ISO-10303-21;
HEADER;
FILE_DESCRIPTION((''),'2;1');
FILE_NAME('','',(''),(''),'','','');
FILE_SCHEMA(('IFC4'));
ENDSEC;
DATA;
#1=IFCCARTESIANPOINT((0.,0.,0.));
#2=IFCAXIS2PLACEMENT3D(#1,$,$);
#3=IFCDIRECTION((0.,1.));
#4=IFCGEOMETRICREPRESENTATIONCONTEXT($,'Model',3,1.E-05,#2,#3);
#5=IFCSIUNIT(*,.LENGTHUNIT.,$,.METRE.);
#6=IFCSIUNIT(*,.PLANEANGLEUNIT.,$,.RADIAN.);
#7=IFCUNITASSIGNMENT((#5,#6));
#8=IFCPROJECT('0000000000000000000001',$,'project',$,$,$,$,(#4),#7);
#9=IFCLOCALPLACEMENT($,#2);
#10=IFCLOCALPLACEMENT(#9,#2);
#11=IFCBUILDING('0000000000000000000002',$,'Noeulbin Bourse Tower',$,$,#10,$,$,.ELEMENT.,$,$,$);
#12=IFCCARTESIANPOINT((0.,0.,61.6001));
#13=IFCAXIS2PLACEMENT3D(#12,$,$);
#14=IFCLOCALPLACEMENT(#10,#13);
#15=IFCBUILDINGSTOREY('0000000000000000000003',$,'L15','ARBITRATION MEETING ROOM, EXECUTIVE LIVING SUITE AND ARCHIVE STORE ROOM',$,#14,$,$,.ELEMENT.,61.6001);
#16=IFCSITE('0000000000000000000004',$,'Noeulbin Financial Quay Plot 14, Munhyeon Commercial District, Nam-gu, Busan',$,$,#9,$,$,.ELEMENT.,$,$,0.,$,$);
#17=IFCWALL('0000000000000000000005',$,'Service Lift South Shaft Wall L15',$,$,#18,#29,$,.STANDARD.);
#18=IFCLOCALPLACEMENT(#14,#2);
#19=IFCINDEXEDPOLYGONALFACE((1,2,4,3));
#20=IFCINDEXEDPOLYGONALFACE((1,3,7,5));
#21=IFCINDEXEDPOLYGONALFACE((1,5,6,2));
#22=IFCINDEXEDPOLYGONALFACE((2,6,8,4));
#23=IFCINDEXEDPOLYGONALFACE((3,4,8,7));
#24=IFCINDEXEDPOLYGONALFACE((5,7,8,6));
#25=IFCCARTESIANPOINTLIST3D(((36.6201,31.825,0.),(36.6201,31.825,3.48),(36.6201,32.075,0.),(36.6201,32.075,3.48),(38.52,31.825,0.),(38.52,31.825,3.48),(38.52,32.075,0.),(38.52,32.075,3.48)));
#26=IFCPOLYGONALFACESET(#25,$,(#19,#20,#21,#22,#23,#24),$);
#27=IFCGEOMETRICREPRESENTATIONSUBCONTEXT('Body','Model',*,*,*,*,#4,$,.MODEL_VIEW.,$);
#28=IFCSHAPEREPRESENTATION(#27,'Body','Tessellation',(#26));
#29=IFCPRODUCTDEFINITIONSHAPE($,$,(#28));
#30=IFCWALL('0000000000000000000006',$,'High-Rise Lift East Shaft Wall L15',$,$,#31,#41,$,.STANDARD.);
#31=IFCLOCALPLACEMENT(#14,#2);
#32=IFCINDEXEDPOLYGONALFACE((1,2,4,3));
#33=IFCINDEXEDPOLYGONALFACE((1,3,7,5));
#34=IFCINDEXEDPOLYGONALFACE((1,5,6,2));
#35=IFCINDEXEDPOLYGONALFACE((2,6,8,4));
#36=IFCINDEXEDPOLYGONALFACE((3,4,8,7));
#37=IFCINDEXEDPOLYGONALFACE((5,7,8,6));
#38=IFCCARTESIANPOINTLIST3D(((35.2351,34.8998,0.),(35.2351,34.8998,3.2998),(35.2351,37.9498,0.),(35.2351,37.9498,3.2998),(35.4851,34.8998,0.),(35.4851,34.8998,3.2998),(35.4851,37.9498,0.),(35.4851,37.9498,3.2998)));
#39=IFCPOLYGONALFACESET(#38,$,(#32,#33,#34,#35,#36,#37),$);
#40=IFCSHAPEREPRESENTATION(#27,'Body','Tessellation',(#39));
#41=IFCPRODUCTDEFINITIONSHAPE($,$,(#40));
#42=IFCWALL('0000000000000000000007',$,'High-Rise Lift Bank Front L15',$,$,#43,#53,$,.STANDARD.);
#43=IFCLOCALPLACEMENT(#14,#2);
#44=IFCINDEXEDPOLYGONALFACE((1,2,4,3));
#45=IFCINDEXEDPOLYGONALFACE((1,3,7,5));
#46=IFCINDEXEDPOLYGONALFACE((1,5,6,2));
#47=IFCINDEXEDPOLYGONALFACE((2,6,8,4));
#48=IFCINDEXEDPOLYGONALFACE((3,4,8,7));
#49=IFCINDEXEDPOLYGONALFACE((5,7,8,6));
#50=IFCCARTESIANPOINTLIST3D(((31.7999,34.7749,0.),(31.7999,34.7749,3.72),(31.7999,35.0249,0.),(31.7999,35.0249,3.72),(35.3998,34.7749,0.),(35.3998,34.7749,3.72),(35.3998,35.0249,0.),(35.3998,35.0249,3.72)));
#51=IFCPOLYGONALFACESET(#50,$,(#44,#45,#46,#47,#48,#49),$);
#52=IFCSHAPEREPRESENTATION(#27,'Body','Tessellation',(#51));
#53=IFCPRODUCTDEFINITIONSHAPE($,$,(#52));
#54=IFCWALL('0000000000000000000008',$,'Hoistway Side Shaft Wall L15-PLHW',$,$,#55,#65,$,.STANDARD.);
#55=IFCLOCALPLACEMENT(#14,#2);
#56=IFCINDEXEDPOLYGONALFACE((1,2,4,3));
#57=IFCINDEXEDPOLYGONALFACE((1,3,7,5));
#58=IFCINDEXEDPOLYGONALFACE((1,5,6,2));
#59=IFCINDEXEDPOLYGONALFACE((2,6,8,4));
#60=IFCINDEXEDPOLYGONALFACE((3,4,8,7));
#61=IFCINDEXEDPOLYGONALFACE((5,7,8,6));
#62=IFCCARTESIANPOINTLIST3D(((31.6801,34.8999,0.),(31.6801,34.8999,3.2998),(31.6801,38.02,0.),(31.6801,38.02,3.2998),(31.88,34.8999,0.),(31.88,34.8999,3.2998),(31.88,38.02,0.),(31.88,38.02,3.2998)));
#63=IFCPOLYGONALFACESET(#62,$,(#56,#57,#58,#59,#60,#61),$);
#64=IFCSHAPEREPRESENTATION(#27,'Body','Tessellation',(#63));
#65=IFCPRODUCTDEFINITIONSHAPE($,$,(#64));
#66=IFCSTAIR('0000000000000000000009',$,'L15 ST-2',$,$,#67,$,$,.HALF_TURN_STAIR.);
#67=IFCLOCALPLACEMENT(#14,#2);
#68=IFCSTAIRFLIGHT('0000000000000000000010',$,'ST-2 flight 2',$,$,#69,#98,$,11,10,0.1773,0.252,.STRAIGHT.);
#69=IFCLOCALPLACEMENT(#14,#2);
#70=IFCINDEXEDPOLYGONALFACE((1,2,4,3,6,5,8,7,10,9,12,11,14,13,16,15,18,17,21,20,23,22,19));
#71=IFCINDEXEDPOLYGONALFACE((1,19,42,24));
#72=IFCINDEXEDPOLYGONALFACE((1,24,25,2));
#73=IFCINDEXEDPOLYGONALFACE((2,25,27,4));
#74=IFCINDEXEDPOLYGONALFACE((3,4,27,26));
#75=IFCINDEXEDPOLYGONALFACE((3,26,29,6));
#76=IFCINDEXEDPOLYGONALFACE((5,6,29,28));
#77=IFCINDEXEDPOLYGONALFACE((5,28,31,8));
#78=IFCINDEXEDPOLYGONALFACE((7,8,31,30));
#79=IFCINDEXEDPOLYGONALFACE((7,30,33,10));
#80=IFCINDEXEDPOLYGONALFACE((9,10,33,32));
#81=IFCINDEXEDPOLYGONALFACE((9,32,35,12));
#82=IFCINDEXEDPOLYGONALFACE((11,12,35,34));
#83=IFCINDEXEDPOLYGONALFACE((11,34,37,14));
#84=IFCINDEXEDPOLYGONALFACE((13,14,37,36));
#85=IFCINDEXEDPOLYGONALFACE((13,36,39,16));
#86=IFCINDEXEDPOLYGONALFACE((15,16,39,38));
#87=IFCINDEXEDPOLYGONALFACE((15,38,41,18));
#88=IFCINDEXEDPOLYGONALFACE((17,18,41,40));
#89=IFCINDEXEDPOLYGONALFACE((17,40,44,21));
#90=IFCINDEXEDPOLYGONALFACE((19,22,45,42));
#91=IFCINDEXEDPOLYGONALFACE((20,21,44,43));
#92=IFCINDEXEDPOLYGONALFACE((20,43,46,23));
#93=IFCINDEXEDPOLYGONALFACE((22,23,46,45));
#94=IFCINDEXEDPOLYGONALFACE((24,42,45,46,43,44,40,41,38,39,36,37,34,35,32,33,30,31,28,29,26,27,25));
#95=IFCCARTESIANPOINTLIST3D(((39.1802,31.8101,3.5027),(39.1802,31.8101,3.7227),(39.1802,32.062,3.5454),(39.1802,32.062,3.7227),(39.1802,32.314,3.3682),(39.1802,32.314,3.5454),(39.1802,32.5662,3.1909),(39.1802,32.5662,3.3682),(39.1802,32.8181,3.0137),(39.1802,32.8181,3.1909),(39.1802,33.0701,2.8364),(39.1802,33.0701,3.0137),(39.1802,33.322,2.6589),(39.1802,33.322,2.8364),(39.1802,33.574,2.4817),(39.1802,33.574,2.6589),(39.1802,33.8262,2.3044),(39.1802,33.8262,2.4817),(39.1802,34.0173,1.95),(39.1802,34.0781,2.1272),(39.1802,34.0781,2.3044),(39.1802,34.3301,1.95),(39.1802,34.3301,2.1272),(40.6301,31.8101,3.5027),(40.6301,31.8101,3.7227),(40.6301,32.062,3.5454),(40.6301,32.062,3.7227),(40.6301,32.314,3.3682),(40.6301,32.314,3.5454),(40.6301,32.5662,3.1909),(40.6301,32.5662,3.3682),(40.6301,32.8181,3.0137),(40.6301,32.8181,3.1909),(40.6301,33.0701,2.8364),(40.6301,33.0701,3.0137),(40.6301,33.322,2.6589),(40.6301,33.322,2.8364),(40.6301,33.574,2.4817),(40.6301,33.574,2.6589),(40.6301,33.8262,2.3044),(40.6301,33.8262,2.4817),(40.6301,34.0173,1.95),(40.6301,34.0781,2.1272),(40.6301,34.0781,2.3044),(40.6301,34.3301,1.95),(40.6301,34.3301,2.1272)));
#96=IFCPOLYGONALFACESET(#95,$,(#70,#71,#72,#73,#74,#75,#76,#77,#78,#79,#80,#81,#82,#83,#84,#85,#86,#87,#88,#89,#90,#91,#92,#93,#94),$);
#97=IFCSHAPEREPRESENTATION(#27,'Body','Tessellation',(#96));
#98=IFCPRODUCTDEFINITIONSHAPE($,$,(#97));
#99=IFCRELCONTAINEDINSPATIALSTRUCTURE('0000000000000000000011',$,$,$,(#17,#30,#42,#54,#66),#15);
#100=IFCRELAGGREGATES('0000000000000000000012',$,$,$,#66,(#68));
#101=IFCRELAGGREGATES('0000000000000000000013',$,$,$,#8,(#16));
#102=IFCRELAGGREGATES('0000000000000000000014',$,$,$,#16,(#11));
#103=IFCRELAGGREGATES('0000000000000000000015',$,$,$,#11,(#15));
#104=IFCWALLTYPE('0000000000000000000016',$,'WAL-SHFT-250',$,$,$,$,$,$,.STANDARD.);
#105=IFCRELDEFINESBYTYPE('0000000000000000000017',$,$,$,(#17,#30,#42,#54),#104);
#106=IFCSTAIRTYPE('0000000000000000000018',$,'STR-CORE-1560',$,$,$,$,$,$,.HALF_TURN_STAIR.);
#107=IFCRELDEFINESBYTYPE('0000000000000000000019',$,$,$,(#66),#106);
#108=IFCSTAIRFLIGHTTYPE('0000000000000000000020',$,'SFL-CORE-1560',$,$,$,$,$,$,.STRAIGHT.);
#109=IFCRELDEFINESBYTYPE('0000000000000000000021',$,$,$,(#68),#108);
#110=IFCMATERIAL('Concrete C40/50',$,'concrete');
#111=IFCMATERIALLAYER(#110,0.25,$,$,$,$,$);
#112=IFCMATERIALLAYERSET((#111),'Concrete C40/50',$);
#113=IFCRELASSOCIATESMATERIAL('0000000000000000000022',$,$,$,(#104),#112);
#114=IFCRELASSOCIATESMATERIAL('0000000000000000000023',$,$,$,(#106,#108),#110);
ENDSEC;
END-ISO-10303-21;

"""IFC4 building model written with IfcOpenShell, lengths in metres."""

from ifc_helpers import new_model, si_unit, direction, frame, frame_2d, origin, place, context, subcontext, project, spatial, polyline, rectangle, outline, extrude, material, layer, layer_set, type_object, element, aggregate, save


model = new_model("IFC4")

# Units and contexts
model_context = context("Model", 3, precision=1e-05, world=origin(), true_north=direction((0.0, 1.0)))
body_context = subcontext(model_context, "Body", "Model", "MODEL_VIEW")
ifc_project = project(units=[si_unit("LENGTHUNIT", "METRE"), si_unit("PLANEANGLEUNIT", "RADIAN")], contexts=[model_context])

# Site, building, storey
site_placement = place(None, origin())
site = spatial("IfcSite", under=ifc_project, at=site_placement, Name="Noeulbin Financial Quay Plot 14, Munhyeon Commercial District, Nam-gu, Busan", CompositionType="ELEMENT", RefElevation=0.0)
building_placement = place(site_placement, origin())
building = spatial("IfcBuilding", under=site, at=building_placement, Name="Noeulbin Bourse Tower", CompositionType="ELEMENT")
storey_placement = place(building_placement, frame((0.0, 0.0, 61.6001)))
storey = spatial("IfcBuildingStorey", under=building, at=storey_placement, Name="L15", Description="ARBITRATION MEETING ROOM, EXECUTIVE LIVING SUITE AND ARCHIVE STORE ROOM", CompositionType="ELEMENT", Elevation=61.6001)

# Shared definitions
ifc_material_1 = material(Name="Concrete C40/50", Category="concrete")

# Shared definitions
ifc_layer_1 = layer(ifc_material_1, 0.25)
ifc_layer_set_1 = layer_set([ifc_layer_1], Name="Concrete C40/50")
wall_type_1 = type_object("IfcWallType", Name="WAL-SHFT-250", PredefinedType="STANDARD", material=ifc_layer_set_1)

# Walls
wall_1_placement = place(storey_placement, frame((36.6201, 31.95, 0.0), z_axis=(0.0, 0.0, 1.0), x_axis=(1.0, 0.0, 0.0)))
element("IfcWall", 1, at=wall_1_placement, inside=storey, type_object=wall_type_1, Name="Service Lift South Shaft Wall L15", PredefinedType="STANDARD", context=body_context, shape_type="SweptSolid", body=[
    extrude(rectangle(XDim=1.8999, YDim=0.25, at=frame_2d((0.95, 0.0))), origin(), (0.0, 0.0, 1.0), 3.48),
])
wall_2_placement = place(storey_placement, frame((35.3601, 34.8999, 0.0), z_axis=(0.0, 0.0, 1.0), x_axis=(0.0, 1.0, 0.0)))
element("IfcWall", 2, at=wall_2_placement, inside=storey, type_object=wall_type_1, Name="High-Rise Lift East Shaft Wall L15", PredefinedType="STANDARD", context=body_context, shape_type="SweptSolid", body=[
    extrude(rectangle(XDim=3.05, YDim=0.25, at=frame_2d((1.5249, 0.0))), origin(), (0.0, 0.0, 1.0), 3.2998),
])
wall_3_placement = place(storey_placement, frame((31.8, 34.8999, 0.0), z_axis=(0.0, 0.0, 1.0), x_axis=(1.0, 0.0, 0.0)))
element("IfcWall", 3, at=wall_3_placement, inside=storey, type_object=wall_type_1, Name="High-Rise Lift Bank Front L15", PredefinedType="STANDARD", context=body_context, shape_type="SweptSolid", body=[
    extrude(rectangle(XDim=3.5999, YDim=0.25, at=frame_2d((1.7998, 0.0))), origin(), (0.0, 0.0, 1.0), 3.72),
])
wall_4_placement = place(storey_placement, frame((31.78, 34.8999, 0.0), z_axis=(0.0, 0.0, 1.0), x_axis=(0.0, 1.0, 0.0)))
element("IfcWall", 4, at=wall_4_placement, inside=storey, type_object=wall_type_1, Name="Hoistway Side Shaft Wall L15-PLHW", PredefinedType="STANDARD", context=body_context, shape_type="SweptSolid", body=[
    extrude(rectangle(XDim=3.1201, YDim=0.2, at=frame_2d((1.5601, 0.0))), origin(), (0.0, 0.0, 1.0), 3.2998),
])

# Stair, stair flight
stair_type = type_object("IfcStairType", Name="STR-CORE-1560", PredefinedType="HALF_TURN_STAIR", material=ifc_material_1)
stair_placement = place(storey_placement, origin())
stair = element("IfcStair", 5, at=stair_placement, inside=storey, type_object=stair_type, Name="L15 ST-2", PredefinedType="HALF_TURN_STAIR")
stair_flight_type = type_object("IfcStairFlightType", Name="SFL-CORE-1560", PredefinedType="STRAIGHT", material=ifc_material_1)
stair_flight_placement = place(storey_placement, frame((39.905, 34.3301, 1.95), z_axis=(0.0, 0.0, 1.0), x_axis=(0.0, -1.0, 0.0)))
stair_flight = element("IfcStairFlight", 6, at=stair_flight_placement, type_object=stair_flight_type, Name="ST-2 flight 2", NumberOfRisers=11, NumberOfTreads=10, PredefinedType="STRAIGHT", RiserHeight=0.1773, TreadLength=0.252, context=body_context, shape_type="SweptSolid", body=[
    extrude(outline(polyline([(0.0, 0.0), (0.0, 0.1772), (0.252, 0.1772), (0.252, 0.3545), (0.5039, 0.3545), (0.5039, 0.5317), (0.7561, 0.5317), (0.7561, 0.709), (1.0081, 0.709), (1.0081, 0.8865), (1.26, 0.8865), (1.26, 1.0637), (1.512, 1.0637), (1.512, 1.241), (1.7639, 1.241), (1.7639, 1.4182), (2.0161, 1.4182), (2.0161, 1.5955), (2.2681, 1.5955), (2.2681, 1.7727), (2.52, 1.7727), (2.52, 1.95), (2.52, 1.5527), (0.3127, 0.0), (0.0, 0.0)])), frame((0.0, 0.7251, 0.0), z_axis=(0.0, -1.0, 0.0), x_axis=(1.0, 0.0, 0.0)), (0.0, 0.0, 1.0), 1.45),
])
aggregate(stair, [stair_flight])

save(model, "model.ifc")
